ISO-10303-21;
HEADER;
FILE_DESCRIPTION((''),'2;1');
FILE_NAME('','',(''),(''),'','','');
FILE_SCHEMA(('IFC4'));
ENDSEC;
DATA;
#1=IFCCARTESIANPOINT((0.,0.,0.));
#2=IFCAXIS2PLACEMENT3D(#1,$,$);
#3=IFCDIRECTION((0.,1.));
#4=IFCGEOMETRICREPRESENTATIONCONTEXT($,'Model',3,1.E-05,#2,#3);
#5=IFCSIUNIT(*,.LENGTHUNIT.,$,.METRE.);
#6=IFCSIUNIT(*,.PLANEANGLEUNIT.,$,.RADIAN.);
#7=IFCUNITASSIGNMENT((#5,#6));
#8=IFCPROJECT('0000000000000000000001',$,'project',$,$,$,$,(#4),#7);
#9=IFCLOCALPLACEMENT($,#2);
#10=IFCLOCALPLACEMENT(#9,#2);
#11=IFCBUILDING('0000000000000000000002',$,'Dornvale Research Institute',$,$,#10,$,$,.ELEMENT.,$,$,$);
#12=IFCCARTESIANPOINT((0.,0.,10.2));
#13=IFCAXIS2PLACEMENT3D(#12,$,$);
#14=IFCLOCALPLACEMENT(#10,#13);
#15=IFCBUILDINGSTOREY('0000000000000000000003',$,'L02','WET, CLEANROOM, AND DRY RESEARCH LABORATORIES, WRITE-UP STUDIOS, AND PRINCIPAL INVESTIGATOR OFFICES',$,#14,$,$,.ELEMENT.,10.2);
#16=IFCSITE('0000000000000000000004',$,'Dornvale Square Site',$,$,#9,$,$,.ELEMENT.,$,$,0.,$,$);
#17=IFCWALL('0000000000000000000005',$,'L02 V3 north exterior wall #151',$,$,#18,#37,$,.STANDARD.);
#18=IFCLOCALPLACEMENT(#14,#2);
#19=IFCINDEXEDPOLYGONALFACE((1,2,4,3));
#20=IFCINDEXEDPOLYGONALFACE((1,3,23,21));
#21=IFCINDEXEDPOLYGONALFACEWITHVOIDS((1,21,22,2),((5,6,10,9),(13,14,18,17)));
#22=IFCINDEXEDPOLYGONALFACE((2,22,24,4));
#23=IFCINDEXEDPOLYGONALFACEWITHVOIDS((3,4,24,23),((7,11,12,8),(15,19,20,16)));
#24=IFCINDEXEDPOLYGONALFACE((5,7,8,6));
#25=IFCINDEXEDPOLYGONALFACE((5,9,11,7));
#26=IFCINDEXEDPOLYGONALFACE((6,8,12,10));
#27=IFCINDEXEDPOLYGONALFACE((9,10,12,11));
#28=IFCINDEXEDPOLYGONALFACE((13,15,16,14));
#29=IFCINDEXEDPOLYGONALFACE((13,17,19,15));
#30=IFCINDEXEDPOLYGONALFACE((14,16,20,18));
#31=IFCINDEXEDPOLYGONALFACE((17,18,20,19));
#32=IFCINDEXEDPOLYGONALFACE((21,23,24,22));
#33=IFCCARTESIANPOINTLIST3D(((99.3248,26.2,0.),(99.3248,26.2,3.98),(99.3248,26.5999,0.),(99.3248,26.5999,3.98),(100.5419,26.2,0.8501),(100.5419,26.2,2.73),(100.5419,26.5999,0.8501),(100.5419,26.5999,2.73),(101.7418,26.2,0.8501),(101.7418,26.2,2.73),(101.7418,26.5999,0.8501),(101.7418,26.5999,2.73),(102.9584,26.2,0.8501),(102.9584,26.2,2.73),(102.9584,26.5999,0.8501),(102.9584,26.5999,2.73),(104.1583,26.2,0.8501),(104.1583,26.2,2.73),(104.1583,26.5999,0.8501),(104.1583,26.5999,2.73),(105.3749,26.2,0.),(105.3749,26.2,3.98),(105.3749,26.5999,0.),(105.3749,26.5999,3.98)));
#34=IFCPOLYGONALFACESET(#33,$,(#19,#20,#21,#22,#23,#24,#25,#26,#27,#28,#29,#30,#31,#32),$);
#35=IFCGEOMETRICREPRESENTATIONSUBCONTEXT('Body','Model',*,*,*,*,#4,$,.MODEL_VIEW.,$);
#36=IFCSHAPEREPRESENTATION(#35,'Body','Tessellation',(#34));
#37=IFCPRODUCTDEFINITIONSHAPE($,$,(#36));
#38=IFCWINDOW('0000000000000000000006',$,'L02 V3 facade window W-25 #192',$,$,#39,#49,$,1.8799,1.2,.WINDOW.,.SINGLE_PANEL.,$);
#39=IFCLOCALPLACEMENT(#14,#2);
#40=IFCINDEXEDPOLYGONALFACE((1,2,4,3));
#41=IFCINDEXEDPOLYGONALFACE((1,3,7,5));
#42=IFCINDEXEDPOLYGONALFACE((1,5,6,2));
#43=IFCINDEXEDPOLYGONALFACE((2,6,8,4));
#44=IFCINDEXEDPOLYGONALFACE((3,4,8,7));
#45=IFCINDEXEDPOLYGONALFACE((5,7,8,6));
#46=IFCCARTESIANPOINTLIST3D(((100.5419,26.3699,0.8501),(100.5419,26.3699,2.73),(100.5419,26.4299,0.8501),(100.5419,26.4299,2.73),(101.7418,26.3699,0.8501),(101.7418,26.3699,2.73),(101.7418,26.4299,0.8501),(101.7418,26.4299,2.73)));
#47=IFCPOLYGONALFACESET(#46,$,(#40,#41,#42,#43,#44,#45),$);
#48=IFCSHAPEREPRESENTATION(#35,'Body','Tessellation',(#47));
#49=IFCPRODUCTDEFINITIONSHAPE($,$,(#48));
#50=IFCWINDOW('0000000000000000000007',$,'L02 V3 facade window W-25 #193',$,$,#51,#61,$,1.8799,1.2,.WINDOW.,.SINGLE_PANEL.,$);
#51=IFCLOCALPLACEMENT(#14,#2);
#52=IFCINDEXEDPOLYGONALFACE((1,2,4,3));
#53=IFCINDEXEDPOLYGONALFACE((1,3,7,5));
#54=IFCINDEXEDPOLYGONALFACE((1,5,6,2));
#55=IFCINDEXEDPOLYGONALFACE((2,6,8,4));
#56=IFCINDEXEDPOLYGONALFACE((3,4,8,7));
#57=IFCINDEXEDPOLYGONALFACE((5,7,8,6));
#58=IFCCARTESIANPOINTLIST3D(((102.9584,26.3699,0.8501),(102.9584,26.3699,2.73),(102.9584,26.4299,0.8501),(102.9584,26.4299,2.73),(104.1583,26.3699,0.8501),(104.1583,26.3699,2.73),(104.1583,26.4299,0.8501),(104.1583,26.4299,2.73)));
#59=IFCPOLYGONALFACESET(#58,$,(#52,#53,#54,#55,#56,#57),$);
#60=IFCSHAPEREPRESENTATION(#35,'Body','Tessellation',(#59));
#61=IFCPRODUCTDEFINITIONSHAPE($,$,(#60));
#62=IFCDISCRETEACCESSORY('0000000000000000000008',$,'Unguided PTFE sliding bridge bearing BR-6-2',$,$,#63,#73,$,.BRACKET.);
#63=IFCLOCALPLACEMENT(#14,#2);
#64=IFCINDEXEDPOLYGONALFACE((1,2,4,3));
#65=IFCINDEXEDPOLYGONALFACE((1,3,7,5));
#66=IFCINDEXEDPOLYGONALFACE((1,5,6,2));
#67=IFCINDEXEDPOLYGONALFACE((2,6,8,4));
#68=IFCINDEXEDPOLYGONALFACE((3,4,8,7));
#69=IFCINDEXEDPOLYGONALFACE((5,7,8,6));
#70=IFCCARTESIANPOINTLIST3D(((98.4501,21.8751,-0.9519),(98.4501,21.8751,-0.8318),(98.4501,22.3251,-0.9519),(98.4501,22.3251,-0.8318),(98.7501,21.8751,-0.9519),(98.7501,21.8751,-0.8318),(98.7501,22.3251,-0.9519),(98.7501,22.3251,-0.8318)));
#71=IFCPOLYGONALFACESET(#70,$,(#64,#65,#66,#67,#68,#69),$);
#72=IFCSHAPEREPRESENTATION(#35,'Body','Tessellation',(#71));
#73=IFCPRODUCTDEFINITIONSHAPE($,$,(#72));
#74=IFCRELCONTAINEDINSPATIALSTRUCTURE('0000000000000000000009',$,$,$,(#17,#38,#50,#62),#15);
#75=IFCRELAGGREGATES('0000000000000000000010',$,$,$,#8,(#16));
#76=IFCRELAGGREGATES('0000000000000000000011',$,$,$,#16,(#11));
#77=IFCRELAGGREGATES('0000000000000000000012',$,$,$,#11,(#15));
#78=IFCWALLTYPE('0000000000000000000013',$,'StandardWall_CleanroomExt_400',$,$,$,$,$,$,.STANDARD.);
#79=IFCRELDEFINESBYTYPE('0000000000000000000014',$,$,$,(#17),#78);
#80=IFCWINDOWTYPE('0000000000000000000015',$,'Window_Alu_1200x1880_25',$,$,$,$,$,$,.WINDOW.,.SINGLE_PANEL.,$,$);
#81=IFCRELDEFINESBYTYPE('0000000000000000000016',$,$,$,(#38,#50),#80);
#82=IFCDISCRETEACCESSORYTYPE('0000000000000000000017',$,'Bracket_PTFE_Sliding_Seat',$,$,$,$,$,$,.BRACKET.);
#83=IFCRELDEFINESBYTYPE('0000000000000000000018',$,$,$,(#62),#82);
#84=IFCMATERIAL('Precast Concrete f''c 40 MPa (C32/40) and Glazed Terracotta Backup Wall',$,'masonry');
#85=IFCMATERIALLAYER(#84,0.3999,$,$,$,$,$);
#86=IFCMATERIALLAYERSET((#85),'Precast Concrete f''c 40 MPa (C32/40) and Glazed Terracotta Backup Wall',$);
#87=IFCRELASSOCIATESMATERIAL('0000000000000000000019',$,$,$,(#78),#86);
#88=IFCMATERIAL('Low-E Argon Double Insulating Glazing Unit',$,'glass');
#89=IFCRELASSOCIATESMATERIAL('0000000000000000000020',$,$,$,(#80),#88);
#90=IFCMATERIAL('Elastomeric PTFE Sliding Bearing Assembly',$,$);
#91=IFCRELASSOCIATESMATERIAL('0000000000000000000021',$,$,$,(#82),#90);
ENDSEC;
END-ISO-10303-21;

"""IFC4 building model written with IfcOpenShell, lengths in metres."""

from ifc_helpers import new_model, si_unit, direction, frame, frame_2d, origin, origin_2d, place, context, subcontext, project, spatial, rectangle, extrude, material, layer, layer_set, type_object, element, fill, save


model = new_model("IFC4")

# Units and contexts
model_context = context("Model", 3, precision=1e-05, world=origin(), true_north=direction((0.0, 1.0)))
body_context = subcontext(model_context, "Body", "Model", "MODEL_VIEW")
ifc_project = project(units=[si_unit("LENGTHUNIT", "METRE"), si_unit("PLANEANGLEUNIT", "RADIAN")], contexts=[model_context])

# Site, building, storey
site_placement = place(None, origin())
site = spatial("IfcSite", under=ifc_project, at=site_placement, Name="Dornvale Square Site", CompositionType="ELEMENT", RefElevation=0.0)
building_placement = place(site_placement, origin())
building = spatial("IfcBuilding", under=site, at=building_placement, Name="Dornvale Research Institute", CompositionType="ELEMENT")
storey_placement = place(building_placement, frame((0.0, 0.0, 10.2)))
storey = spatial("IfcBuildingStorey", under=building, at=storey_placement, Name="L02", Description="WET, CLEANROOM, AND DRY RESEARCH LABORATORIES, WRITE-UP STUDIOS, AND PRINCIPAL INVESTIGATOR OFFICES", CompositionType="ELEMENT", Elevation=10.2)

# Shared definitions
ifc_material_1 = material(Name="Precast Concrete f'c 40 MPa (C32/40) and Glazed Terracotta Backup Wall", Category="masonry")
ifc_layer_1 = layer(ifc_material_1, 0.3999)
ifc_layer_set_1 = layer_set([ifc_layer_1], Name="Precast Concrete f'c 40 MPa (C32/40) and Glazed Terracotta Backup Wall")
wall_type_1 = type_object("IfcWallType", Name="StandardWall_CleanroomExt_400", PredefinedType="STANDARD", material=ifc_layer_set_1)

# Wall, openings, windows
wall_1_placement = place(storey_placement, frame((99.325, 26.3999, 0.0), z_axis=(0.0, 0.0, 1.0), x_axis=(1.0, 0.0, 0.0)))
wall_1 = element("IfcWall", 1, at=wall_1_placement, inside=storey, type_object=wall_type_1, Name="L02 V3 north exterior wall #151", PredefinedType="STANDARD", context=body_context, shape_type="SweptSolid", body=[
    extrude(rectangle(XDim=6.05, YDim=0.3999, at=frame_2d((3.0249, 0.0))), origin(), (0.0, 0.0, 1.0), 3.98),
])
opening_1_placement = place(wall_1_placement, frame((1.2168, 0.0, 0.8501)))
opening_1 = element("IfcOpeningElement", 2, at=opening_1_placement, cuts=wall_1, PredefinedType="OPENING", context=body_context, shape_type="SweptSolid", body=[
    extrude(rectangle(XDim=1.2, YDim=1.8799, at=frame_2d((0.6001, 0.9399))), frame((0.0, 0.2148, 0.0), z_axis=(0.0, -1.0, 0.0), x_axis=(1.0, 0.0, 0.0)), (0.0, 0.0, 1.0), 0.4299),
])
opening_2_placement = place(wall_1_placement, frame((3.6333, 0.0, 0.8501)))
opening_2 = element("IfcOpeningElement", 3, at=opening_2_placement, cuts=wall_1, PredefinedType="OPENING", context=body_context, shape_type="SweptSolid", body=[
    extrude(rectangle(XDim=1.2, YDim=1.8799, at=frame_2d((0.6001, 0.9399))), frame((0.0, 0.2148, 0.0), z_axis=(0.0, -1.0, 0.0), x_axis=(1.0, 0.0, 0.0)), (0.0, 0.0, 1.0), 0.4299),
])
ifc_material_2 = material(Name="Low-E Argon Double Insulating Glazing Unit", Category="glass")
window_type = type_object("IfcWindowType", Name="Window_Alu_1200x1880_25", PartitioningType="SINGLE_PANEL", PredefinedType="WINDOW", material=ifc_material_2)
window_1_placement = place(opening_1_placement, origin())
window_1 = element("IfcWindow", 4, at=window_1_placement, inside=storey, type_object=window_type, Name="L02 V3 facade window W-25 #192", OverallHeight=1.8799, OverallWidth=1.2, PartitioningType="SINGLE_PANEL", PredefinedType="WINDOW", context=body_context, shape_type="SweptSolid", body=[
    extrude(rectangle(XDim=1.2, YDim=1.8799, at=frame_2d((0.6001, 0.9399))), frame((0.0, 0.03, 0.0), z_axis=(0.0, -1.0, 0.0), x_axis=(1.0, 0.0, 0.0)), (0.0, 0.0, 1.0), 0.0601),
])
fill(opening_1, window_1)
window_2_placement = place(opening_2_placement, origin())
window_2 = element("IfcWindow", 5, at=window_2_placement, inside=storey, type_object=window_type, Name="L02 V3 facade window W-25 #193", OverallHeight=1.8799, OverallWidth=1.2, PartitioningType="SINGLE_PANEL", PredefinedType="WINDOW", context=body_context, shape_type="SweptSolid", body=[
    extrude(rectangle(XDim=1.2, YDim=1.8799, at=frame_2d((0.6001, 0.9399))), frame((0.0, 0.03, 0.0), z_axis=(0.0, -1.0, 0.0), x_axis=(1.0, 0.0, 0.0)), (0.0, 0.0, 1.0), 0.0601),
])
fill(opening_2, window_2)

# Discrete accessory
ifc_material_3 = material(Name="Elastomeric PTFE Sliding Bearing Assembly")
discrete_accessory_type = type_object("IfcDiscreteAccessoryType", Name="Bracket_PTFE_Sliding_Seat", PredefinedType="BRACKET", material=ifc_material_3)
discrete_accessory_placement = place(storey_placement, frame((98.6001, 22.1001, -0.9519), z_axis=(0.0, 0.0, 1.0), x_axis=(1.0, 0.0, 0.0)))
element("IfcDiscreteAccessory", 6, at=discrete_accessory_placement, inside=storey, type_object=discrete_accessory_type, Name="Unguided PTFE sliding bridge bearing BR-6-2", PredefinedType="BRACKET", context=body_context, shape_type="SweptSolid", body=[
    extrude(rectangle(XDim=0.3, YDim=0.45, at=origin_2d()), origin(), (0.0, 0.0, 1.0), 0.1201),
])

save(model, "model.ifc")
